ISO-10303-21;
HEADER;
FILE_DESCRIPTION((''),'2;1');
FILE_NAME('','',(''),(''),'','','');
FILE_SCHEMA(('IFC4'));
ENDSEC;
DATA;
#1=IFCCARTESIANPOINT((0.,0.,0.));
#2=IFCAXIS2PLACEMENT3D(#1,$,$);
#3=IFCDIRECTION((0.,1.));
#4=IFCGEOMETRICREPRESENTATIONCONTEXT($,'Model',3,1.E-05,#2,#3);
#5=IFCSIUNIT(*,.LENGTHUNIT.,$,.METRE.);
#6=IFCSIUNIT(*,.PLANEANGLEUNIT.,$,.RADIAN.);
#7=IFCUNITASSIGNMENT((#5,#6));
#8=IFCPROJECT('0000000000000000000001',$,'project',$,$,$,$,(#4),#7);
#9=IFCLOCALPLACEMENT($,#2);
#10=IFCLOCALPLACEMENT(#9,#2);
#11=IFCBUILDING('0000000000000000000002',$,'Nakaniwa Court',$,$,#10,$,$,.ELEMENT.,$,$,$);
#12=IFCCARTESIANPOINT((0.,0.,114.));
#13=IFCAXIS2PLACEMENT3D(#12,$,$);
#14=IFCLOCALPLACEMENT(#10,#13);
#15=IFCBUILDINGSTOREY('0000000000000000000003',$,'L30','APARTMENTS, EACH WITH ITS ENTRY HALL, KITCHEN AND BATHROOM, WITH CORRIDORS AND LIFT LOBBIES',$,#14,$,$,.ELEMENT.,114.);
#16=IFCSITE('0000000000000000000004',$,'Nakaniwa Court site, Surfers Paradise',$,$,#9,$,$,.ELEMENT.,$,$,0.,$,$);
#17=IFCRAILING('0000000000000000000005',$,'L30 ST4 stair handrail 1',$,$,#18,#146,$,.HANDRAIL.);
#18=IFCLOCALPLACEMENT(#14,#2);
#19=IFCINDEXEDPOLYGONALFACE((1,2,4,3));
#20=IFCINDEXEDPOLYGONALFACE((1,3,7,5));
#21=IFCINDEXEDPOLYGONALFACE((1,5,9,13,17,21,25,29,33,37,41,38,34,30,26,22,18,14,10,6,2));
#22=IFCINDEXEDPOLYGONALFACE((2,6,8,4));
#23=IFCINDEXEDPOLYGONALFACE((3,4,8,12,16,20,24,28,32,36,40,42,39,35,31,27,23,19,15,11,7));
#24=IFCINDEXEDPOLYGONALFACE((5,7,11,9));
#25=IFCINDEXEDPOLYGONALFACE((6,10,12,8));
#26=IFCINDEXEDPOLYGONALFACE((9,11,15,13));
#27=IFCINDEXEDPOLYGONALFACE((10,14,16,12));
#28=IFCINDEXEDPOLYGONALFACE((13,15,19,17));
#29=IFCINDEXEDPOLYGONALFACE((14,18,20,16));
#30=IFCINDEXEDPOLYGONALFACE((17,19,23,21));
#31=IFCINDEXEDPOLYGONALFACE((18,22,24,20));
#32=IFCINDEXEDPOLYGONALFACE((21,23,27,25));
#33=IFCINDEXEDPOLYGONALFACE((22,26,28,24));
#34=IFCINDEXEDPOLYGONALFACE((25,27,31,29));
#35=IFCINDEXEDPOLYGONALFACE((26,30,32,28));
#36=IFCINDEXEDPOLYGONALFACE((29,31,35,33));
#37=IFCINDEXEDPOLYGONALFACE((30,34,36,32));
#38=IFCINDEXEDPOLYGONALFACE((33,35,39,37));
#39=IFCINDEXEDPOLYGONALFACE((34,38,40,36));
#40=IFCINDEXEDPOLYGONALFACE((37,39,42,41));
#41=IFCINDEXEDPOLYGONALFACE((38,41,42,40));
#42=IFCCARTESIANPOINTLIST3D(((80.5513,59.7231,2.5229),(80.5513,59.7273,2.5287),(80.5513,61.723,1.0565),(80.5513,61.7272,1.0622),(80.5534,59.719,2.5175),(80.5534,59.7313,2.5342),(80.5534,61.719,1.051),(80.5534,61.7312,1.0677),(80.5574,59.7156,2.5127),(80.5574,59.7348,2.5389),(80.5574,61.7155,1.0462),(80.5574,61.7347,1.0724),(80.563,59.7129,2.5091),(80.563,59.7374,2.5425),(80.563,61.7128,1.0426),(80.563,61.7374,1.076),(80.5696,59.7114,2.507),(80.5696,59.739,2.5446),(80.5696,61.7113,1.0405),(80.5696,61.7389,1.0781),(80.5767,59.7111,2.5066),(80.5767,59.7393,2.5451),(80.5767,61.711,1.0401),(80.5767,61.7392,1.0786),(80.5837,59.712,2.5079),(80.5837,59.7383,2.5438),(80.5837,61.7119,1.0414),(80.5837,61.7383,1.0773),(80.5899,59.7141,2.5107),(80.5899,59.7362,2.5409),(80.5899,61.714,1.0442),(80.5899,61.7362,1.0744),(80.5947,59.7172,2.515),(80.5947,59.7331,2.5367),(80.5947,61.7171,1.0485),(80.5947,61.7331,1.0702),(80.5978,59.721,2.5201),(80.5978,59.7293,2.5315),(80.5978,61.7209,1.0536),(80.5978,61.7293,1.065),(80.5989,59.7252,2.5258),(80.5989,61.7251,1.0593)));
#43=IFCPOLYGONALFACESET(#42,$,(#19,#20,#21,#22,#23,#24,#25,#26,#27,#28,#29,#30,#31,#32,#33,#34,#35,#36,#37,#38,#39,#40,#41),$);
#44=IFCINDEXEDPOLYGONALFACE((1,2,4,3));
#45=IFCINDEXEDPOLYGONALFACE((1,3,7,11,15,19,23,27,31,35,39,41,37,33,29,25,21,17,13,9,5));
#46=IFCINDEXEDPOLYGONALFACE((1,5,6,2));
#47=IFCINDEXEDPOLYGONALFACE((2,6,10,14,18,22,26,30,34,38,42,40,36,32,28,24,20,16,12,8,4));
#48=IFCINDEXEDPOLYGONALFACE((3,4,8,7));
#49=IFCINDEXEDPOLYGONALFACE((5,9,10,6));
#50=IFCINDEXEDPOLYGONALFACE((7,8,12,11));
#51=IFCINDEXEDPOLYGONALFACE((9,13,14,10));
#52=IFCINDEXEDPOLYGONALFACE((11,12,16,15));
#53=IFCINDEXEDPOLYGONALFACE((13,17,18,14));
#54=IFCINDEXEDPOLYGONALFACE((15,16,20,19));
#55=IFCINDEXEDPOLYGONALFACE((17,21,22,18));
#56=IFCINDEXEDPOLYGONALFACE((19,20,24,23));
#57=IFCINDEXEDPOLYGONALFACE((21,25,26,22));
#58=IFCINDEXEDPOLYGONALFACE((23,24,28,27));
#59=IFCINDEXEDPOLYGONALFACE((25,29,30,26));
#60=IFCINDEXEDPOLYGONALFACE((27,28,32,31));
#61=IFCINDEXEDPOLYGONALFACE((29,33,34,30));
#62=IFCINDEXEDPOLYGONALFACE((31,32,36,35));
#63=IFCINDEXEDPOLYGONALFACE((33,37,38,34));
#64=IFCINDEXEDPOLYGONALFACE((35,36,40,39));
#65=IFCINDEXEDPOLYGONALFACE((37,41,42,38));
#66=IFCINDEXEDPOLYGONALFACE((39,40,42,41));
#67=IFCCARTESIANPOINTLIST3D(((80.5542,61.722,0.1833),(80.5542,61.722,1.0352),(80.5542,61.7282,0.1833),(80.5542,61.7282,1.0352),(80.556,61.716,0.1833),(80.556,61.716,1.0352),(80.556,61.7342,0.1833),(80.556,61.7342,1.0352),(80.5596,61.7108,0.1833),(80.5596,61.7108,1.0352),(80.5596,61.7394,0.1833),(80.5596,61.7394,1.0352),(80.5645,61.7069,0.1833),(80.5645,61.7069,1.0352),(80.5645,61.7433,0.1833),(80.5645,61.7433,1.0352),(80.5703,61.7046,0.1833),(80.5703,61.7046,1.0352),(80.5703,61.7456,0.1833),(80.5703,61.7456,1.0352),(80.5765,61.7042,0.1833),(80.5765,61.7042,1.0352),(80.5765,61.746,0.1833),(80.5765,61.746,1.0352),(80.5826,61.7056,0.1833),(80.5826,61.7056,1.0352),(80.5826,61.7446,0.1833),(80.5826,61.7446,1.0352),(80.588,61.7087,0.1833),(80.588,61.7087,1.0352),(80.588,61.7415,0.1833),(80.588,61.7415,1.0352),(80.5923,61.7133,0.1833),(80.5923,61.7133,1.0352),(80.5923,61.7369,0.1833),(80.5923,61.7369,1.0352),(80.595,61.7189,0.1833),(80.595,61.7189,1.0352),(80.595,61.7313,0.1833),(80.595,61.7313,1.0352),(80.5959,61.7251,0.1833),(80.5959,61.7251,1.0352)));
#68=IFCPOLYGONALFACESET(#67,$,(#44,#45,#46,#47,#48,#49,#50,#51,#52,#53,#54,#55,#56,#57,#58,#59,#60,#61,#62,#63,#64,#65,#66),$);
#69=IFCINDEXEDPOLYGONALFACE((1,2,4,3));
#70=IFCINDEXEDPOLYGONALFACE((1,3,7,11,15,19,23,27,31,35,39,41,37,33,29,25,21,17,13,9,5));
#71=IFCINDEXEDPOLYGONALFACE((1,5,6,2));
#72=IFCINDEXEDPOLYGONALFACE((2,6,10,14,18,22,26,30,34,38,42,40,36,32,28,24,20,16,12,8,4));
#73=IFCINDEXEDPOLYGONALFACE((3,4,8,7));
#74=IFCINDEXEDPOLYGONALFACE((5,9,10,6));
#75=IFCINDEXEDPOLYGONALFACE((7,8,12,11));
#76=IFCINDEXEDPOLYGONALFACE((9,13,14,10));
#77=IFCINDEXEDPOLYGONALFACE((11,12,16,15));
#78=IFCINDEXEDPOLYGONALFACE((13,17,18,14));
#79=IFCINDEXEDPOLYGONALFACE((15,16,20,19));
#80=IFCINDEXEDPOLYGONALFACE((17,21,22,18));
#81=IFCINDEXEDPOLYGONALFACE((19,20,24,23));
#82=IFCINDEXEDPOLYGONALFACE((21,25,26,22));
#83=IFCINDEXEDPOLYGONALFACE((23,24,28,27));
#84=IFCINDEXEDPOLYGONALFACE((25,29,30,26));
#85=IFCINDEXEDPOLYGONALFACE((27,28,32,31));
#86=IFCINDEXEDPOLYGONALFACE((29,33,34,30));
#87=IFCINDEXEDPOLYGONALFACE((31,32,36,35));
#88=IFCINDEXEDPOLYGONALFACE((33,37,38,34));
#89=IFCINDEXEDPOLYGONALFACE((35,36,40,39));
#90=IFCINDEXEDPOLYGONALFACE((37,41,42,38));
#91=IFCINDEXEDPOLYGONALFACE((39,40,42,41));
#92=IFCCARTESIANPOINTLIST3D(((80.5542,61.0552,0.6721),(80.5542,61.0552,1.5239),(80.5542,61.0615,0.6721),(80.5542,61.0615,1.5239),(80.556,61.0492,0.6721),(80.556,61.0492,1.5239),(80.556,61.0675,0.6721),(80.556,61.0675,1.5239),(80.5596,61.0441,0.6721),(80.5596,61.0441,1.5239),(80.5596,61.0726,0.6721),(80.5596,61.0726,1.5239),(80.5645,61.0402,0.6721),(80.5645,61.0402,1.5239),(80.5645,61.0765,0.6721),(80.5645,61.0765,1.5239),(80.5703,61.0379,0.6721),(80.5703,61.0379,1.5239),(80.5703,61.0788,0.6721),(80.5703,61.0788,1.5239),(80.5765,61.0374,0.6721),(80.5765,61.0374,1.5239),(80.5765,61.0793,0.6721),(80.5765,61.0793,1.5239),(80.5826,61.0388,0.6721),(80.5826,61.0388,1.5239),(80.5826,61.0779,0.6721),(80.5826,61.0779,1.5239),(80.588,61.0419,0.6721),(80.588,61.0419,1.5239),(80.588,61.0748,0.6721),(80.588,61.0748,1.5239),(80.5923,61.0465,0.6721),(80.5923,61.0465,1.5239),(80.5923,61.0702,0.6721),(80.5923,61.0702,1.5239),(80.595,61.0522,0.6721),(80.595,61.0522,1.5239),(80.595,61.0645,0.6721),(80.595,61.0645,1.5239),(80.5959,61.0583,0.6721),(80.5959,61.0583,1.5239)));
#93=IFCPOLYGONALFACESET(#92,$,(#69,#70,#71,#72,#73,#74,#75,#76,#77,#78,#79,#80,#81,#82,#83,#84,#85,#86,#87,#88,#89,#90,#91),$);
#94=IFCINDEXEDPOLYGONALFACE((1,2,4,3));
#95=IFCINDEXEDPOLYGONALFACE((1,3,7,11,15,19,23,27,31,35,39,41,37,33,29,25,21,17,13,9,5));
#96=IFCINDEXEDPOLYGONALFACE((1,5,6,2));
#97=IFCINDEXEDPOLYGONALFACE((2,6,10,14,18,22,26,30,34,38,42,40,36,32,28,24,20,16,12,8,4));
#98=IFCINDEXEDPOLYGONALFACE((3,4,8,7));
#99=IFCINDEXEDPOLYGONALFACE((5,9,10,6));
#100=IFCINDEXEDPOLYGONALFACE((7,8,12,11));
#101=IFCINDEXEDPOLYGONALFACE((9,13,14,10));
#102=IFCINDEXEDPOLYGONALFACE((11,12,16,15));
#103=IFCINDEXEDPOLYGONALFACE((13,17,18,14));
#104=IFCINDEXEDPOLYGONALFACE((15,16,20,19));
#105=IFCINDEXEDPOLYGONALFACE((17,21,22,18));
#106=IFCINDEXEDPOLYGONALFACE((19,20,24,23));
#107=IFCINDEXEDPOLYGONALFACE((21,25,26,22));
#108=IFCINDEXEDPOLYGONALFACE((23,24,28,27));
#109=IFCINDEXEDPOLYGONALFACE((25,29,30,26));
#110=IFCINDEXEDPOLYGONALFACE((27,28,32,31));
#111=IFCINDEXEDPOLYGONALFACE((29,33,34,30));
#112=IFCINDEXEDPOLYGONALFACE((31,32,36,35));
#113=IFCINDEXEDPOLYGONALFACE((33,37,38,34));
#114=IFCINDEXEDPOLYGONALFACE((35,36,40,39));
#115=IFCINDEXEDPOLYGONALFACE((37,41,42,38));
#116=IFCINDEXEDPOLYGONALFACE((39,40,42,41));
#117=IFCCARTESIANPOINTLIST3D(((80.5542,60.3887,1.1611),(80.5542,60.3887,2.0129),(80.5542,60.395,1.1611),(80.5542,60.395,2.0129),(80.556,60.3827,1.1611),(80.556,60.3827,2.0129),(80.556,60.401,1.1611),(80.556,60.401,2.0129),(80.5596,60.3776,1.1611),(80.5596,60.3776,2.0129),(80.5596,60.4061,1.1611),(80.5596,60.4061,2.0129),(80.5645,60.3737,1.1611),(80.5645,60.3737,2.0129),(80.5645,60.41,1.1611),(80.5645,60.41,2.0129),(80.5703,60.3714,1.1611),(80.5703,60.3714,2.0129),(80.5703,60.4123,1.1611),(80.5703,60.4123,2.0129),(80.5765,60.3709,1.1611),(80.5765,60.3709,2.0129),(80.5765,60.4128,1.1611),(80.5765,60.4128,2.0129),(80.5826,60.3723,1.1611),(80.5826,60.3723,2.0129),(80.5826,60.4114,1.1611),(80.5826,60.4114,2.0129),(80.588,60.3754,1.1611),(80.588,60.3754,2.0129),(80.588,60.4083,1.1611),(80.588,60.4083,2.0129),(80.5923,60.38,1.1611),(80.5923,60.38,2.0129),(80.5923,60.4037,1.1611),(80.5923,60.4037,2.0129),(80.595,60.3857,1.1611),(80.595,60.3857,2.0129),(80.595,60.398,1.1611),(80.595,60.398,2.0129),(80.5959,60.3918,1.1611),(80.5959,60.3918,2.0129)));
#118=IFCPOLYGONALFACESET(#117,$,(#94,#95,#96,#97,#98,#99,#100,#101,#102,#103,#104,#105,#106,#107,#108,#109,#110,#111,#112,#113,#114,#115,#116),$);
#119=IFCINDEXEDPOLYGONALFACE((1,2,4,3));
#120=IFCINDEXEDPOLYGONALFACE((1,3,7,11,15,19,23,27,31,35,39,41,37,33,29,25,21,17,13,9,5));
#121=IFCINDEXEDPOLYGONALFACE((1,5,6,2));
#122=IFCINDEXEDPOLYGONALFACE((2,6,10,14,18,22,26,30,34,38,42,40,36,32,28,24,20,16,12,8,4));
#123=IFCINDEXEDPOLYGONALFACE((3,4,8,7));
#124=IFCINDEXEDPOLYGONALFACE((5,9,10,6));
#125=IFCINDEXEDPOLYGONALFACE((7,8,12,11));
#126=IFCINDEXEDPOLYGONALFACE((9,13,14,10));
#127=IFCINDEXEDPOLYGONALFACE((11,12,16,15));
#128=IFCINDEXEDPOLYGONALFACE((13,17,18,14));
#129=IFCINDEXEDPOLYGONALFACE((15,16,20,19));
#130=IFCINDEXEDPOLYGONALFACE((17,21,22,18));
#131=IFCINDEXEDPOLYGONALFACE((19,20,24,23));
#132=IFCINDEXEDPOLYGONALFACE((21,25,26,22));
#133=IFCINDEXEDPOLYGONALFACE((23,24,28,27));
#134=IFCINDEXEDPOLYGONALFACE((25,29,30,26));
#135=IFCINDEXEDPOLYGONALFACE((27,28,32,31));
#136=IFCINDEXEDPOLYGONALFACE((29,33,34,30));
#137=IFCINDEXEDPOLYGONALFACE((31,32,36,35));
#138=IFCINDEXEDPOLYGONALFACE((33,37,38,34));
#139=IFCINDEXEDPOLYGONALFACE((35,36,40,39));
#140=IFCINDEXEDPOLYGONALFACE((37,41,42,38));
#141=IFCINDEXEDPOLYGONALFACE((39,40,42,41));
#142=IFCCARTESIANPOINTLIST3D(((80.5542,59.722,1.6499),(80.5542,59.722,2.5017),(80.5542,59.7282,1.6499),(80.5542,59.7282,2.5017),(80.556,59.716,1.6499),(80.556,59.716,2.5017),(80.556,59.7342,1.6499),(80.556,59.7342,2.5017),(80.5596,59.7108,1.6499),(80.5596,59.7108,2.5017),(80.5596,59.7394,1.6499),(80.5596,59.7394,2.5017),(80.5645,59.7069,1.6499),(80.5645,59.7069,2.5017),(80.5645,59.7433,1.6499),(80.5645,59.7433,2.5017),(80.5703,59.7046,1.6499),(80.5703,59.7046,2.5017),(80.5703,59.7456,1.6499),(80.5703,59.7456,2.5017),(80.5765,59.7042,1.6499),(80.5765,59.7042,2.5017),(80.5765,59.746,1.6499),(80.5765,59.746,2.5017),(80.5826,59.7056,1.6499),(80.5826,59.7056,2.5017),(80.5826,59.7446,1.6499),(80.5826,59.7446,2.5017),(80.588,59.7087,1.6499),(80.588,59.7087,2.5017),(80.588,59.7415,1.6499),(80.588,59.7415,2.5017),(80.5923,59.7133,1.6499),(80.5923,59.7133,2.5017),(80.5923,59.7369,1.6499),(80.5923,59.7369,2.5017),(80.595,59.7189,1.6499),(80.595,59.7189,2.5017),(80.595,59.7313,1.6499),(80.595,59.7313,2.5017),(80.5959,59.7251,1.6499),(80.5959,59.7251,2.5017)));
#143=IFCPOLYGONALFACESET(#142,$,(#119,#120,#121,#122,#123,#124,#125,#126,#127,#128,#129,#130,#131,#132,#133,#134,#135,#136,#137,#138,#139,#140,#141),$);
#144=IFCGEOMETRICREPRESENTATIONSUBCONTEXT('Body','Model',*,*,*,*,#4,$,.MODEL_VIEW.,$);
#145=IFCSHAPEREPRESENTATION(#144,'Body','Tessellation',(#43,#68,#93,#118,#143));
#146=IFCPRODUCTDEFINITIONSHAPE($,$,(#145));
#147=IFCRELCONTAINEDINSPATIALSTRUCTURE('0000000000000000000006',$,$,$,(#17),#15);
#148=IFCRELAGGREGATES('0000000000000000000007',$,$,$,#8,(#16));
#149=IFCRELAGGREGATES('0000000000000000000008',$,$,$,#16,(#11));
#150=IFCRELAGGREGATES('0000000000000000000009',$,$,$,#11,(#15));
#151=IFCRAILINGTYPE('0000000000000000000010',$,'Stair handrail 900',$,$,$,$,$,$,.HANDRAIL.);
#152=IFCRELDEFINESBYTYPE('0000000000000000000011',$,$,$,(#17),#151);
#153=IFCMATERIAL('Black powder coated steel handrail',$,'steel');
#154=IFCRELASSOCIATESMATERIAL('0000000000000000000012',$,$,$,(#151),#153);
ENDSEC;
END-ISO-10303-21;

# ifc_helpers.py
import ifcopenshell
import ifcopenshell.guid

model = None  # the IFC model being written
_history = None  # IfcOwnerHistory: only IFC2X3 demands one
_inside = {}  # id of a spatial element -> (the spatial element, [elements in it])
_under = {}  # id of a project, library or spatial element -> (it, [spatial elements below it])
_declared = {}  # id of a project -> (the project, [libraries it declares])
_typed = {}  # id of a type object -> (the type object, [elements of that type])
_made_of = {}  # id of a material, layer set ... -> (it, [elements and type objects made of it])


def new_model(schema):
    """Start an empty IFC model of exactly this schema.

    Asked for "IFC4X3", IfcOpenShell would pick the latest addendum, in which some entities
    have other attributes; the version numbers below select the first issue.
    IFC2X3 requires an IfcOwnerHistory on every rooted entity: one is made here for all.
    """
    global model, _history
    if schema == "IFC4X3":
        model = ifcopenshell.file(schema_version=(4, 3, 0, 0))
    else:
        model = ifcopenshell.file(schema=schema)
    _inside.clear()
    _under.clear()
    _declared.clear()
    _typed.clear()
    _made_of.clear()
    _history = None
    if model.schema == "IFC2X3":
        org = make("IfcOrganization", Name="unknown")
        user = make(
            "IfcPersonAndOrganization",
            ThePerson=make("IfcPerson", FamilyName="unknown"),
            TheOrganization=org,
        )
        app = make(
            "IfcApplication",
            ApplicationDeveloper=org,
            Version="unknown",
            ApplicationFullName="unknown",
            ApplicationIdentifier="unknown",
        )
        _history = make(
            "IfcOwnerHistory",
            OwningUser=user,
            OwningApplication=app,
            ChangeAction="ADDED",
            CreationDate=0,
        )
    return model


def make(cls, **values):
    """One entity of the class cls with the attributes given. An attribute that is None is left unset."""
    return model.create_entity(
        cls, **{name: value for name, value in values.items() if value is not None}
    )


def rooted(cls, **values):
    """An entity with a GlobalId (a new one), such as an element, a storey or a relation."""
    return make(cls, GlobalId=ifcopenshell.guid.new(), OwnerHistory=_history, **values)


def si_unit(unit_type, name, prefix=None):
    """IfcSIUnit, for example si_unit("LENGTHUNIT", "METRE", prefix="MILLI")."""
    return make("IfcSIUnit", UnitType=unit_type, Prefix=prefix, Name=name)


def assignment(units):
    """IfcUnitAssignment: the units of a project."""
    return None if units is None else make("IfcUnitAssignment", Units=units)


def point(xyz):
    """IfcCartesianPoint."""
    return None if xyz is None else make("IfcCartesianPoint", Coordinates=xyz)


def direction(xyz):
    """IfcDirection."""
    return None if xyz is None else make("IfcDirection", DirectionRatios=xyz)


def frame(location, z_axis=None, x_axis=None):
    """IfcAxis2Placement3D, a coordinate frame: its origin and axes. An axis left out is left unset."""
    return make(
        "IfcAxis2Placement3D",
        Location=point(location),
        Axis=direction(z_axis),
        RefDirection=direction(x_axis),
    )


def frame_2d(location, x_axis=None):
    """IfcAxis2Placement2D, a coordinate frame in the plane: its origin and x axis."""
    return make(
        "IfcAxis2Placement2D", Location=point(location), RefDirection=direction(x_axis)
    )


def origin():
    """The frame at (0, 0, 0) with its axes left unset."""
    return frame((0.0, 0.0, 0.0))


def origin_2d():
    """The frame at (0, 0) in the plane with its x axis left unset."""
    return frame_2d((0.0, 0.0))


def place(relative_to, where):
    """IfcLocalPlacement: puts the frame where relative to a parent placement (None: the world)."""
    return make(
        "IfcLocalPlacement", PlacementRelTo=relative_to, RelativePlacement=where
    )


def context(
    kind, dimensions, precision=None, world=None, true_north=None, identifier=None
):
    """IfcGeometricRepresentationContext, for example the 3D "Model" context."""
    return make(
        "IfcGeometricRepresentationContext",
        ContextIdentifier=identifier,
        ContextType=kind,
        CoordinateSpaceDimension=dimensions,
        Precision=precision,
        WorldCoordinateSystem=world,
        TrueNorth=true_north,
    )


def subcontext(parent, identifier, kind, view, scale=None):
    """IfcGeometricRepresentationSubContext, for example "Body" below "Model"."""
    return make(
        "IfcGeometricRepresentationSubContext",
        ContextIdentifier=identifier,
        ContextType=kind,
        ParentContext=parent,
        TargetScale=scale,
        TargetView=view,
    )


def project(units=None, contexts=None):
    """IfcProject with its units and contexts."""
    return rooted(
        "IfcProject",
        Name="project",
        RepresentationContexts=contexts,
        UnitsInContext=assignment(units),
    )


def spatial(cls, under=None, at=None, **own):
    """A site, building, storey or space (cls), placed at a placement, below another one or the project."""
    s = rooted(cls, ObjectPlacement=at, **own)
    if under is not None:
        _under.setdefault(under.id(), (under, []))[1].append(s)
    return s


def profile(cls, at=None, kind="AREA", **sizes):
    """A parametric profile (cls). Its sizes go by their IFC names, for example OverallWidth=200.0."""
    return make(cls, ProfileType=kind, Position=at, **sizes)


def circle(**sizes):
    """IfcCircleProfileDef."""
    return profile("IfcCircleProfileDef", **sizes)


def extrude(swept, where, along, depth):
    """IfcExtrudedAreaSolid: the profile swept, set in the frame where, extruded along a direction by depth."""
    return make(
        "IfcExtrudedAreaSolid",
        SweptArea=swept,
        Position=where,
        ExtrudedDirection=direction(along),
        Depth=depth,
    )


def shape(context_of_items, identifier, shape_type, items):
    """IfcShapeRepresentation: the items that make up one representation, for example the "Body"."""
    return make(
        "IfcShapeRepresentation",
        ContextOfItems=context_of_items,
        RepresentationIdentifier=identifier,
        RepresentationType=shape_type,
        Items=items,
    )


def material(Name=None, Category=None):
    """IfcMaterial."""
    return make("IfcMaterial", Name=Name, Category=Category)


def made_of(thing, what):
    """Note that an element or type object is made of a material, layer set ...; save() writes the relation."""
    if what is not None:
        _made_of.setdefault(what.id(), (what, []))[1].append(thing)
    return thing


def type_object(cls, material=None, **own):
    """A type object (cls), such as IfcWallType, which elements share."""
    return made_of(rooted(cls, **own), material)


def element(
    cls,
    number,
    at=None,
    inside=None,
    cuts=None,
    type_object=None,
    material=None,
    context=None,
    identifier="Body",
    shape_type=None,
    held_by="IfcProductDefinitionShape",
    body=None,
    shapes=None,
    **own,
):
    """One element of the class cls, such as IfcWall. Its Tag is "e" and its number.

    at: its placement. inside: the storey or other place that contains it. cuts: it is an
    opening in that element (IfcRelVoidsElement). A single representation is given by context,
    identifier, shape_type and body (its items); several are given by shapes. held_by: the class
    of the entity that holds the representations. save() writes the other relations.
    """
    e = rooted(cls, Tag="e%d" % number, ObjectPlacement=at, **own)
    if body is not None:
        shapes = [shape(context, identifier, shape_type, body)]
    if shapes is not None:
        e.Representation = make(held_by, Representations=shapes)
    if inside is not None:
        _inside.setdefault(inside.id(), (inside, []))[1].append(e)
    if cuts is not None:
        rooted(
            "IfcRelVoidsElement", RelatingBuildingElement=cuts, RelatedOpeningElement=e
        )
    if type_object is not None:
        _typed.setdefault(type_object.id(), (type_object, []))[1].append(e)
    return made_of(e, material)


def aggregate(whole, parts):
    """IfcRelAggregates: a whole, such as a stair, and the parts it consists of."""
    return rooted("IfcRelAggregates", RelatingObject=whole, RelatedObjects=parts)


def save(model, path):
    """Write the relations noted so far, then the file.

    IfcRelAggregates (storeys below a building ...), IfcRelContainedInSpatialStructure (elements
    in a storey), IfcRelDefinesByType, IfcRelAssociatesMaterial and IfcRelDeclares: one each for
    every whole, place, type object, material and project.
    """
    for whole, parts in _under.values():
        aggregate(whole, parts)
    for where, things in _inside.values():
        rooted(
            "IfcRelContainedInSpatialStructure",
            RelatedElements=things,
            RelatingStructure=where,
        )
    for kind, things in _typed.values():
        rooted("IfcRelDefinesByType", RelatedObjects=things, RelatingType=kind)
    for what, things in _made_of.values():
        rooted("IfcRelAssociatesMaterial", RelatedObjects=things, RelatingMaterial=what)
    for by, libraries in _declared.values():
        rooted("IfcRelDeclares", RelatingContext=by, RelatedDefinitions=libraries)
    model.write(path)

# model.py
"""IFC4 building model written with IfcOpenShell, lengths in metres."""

from ifc_helpers import new_model, si_unit, direction, frame, origin, origin_2d, place, context, subcontext, project, spatial, circle, extrude, material, type_object, element, save


model = new_model("IFC4")

# Units and contexts
model_context = context("Model", 3, precision=1e-05, world=origin(), true_north=direction((0.0, 1.0)))
body_context = subcontext(model_context, "Body", "Model", "MODEL_VIEW")
ifc_project = project(units=[si_unit("LENGTHUNIT", "METRE"), si_unit("PLANEANGLEUNIT", "RADIAN")], contexts=[model_context])

# Site, building, storey
site_placement = place(None, origin())
site = spatial("IfcSite", under=ifc_project, at=site_placement, Name="Nakaniwa Court site, Surfers Paradise", CompositionType="ELEMENT", RefElevation=0.0)
building_placement = place(site_placement, origin())
building = spatial("IfcBuilding", under=site, at=building_placement, Name="Nakaniwa Court", CompositionType="ELEMENT")
storey_placement = place(building_placement, frame((0.0, 0.0, 114.0)))
storey = spatial("IfcBuildingStorey", under=building, at=storey_placement, Name="L30", Description="APARTMENTS, EACH WITH ITS ENTRY HALL, KITCHEN AND BATHROOM, WITH CORRIDORS AND LIFT LOBBIES", CompositionType="ELEMENT", Elevation=114.0)

# Railing
ifc_material_1 = material(Name="Black powder coated steel handrail", Category="steel")
railing_type_1 = type_object("IfcRailingType", Name="Stair handrail 900", PredefinedType="HANDRAIL", material=ifc_material_1)
railing_1_placement = place(storey_placement, frame((80.575, 61.7251, 0.1833)))
element("IfcRailing", 1, at=railing_1_placement, inside=storey, type_object=railing_type_1, Name="L30 ST4 stair handrail 1", PredefinedType="HANDRAIL", context=body_context, shape_type="SweptSolid", body=[
    extrude(circle(Radius=0.0239, at=origin_2d()), frame((0.0, 0.0, 0.876), z_axis=(0.0, -0.806427, 0.591334), x_axis=(1.0, 0.0, 0.0)), (0.0, 0.0, 1.0), 2.48),
    extrude(circle(Radius=0.021, at=origin_2d()), origin(), (0.0, 0.0, 1.0), 0.8518),
    extrude(circle(Radius=0.021, at=origin_2d()), frame((0.0, -0.6667, 0.4888)), (0.0, 0.0, 1.0), 0.8518),
    extrude(circle(Radius=0.021, at=origin_2d()), frame((0.0, -1.3333, 0.9778)), (0.0, 0.0, 1.0), 0.8518),
    extrude(circle(Radius=0.021, at=origin_2d()), frame((0.0, -2.0, 1.4666)), (0.0, 0.0, 1.0), 0.8518),
])

save(model, "model.ifc")
